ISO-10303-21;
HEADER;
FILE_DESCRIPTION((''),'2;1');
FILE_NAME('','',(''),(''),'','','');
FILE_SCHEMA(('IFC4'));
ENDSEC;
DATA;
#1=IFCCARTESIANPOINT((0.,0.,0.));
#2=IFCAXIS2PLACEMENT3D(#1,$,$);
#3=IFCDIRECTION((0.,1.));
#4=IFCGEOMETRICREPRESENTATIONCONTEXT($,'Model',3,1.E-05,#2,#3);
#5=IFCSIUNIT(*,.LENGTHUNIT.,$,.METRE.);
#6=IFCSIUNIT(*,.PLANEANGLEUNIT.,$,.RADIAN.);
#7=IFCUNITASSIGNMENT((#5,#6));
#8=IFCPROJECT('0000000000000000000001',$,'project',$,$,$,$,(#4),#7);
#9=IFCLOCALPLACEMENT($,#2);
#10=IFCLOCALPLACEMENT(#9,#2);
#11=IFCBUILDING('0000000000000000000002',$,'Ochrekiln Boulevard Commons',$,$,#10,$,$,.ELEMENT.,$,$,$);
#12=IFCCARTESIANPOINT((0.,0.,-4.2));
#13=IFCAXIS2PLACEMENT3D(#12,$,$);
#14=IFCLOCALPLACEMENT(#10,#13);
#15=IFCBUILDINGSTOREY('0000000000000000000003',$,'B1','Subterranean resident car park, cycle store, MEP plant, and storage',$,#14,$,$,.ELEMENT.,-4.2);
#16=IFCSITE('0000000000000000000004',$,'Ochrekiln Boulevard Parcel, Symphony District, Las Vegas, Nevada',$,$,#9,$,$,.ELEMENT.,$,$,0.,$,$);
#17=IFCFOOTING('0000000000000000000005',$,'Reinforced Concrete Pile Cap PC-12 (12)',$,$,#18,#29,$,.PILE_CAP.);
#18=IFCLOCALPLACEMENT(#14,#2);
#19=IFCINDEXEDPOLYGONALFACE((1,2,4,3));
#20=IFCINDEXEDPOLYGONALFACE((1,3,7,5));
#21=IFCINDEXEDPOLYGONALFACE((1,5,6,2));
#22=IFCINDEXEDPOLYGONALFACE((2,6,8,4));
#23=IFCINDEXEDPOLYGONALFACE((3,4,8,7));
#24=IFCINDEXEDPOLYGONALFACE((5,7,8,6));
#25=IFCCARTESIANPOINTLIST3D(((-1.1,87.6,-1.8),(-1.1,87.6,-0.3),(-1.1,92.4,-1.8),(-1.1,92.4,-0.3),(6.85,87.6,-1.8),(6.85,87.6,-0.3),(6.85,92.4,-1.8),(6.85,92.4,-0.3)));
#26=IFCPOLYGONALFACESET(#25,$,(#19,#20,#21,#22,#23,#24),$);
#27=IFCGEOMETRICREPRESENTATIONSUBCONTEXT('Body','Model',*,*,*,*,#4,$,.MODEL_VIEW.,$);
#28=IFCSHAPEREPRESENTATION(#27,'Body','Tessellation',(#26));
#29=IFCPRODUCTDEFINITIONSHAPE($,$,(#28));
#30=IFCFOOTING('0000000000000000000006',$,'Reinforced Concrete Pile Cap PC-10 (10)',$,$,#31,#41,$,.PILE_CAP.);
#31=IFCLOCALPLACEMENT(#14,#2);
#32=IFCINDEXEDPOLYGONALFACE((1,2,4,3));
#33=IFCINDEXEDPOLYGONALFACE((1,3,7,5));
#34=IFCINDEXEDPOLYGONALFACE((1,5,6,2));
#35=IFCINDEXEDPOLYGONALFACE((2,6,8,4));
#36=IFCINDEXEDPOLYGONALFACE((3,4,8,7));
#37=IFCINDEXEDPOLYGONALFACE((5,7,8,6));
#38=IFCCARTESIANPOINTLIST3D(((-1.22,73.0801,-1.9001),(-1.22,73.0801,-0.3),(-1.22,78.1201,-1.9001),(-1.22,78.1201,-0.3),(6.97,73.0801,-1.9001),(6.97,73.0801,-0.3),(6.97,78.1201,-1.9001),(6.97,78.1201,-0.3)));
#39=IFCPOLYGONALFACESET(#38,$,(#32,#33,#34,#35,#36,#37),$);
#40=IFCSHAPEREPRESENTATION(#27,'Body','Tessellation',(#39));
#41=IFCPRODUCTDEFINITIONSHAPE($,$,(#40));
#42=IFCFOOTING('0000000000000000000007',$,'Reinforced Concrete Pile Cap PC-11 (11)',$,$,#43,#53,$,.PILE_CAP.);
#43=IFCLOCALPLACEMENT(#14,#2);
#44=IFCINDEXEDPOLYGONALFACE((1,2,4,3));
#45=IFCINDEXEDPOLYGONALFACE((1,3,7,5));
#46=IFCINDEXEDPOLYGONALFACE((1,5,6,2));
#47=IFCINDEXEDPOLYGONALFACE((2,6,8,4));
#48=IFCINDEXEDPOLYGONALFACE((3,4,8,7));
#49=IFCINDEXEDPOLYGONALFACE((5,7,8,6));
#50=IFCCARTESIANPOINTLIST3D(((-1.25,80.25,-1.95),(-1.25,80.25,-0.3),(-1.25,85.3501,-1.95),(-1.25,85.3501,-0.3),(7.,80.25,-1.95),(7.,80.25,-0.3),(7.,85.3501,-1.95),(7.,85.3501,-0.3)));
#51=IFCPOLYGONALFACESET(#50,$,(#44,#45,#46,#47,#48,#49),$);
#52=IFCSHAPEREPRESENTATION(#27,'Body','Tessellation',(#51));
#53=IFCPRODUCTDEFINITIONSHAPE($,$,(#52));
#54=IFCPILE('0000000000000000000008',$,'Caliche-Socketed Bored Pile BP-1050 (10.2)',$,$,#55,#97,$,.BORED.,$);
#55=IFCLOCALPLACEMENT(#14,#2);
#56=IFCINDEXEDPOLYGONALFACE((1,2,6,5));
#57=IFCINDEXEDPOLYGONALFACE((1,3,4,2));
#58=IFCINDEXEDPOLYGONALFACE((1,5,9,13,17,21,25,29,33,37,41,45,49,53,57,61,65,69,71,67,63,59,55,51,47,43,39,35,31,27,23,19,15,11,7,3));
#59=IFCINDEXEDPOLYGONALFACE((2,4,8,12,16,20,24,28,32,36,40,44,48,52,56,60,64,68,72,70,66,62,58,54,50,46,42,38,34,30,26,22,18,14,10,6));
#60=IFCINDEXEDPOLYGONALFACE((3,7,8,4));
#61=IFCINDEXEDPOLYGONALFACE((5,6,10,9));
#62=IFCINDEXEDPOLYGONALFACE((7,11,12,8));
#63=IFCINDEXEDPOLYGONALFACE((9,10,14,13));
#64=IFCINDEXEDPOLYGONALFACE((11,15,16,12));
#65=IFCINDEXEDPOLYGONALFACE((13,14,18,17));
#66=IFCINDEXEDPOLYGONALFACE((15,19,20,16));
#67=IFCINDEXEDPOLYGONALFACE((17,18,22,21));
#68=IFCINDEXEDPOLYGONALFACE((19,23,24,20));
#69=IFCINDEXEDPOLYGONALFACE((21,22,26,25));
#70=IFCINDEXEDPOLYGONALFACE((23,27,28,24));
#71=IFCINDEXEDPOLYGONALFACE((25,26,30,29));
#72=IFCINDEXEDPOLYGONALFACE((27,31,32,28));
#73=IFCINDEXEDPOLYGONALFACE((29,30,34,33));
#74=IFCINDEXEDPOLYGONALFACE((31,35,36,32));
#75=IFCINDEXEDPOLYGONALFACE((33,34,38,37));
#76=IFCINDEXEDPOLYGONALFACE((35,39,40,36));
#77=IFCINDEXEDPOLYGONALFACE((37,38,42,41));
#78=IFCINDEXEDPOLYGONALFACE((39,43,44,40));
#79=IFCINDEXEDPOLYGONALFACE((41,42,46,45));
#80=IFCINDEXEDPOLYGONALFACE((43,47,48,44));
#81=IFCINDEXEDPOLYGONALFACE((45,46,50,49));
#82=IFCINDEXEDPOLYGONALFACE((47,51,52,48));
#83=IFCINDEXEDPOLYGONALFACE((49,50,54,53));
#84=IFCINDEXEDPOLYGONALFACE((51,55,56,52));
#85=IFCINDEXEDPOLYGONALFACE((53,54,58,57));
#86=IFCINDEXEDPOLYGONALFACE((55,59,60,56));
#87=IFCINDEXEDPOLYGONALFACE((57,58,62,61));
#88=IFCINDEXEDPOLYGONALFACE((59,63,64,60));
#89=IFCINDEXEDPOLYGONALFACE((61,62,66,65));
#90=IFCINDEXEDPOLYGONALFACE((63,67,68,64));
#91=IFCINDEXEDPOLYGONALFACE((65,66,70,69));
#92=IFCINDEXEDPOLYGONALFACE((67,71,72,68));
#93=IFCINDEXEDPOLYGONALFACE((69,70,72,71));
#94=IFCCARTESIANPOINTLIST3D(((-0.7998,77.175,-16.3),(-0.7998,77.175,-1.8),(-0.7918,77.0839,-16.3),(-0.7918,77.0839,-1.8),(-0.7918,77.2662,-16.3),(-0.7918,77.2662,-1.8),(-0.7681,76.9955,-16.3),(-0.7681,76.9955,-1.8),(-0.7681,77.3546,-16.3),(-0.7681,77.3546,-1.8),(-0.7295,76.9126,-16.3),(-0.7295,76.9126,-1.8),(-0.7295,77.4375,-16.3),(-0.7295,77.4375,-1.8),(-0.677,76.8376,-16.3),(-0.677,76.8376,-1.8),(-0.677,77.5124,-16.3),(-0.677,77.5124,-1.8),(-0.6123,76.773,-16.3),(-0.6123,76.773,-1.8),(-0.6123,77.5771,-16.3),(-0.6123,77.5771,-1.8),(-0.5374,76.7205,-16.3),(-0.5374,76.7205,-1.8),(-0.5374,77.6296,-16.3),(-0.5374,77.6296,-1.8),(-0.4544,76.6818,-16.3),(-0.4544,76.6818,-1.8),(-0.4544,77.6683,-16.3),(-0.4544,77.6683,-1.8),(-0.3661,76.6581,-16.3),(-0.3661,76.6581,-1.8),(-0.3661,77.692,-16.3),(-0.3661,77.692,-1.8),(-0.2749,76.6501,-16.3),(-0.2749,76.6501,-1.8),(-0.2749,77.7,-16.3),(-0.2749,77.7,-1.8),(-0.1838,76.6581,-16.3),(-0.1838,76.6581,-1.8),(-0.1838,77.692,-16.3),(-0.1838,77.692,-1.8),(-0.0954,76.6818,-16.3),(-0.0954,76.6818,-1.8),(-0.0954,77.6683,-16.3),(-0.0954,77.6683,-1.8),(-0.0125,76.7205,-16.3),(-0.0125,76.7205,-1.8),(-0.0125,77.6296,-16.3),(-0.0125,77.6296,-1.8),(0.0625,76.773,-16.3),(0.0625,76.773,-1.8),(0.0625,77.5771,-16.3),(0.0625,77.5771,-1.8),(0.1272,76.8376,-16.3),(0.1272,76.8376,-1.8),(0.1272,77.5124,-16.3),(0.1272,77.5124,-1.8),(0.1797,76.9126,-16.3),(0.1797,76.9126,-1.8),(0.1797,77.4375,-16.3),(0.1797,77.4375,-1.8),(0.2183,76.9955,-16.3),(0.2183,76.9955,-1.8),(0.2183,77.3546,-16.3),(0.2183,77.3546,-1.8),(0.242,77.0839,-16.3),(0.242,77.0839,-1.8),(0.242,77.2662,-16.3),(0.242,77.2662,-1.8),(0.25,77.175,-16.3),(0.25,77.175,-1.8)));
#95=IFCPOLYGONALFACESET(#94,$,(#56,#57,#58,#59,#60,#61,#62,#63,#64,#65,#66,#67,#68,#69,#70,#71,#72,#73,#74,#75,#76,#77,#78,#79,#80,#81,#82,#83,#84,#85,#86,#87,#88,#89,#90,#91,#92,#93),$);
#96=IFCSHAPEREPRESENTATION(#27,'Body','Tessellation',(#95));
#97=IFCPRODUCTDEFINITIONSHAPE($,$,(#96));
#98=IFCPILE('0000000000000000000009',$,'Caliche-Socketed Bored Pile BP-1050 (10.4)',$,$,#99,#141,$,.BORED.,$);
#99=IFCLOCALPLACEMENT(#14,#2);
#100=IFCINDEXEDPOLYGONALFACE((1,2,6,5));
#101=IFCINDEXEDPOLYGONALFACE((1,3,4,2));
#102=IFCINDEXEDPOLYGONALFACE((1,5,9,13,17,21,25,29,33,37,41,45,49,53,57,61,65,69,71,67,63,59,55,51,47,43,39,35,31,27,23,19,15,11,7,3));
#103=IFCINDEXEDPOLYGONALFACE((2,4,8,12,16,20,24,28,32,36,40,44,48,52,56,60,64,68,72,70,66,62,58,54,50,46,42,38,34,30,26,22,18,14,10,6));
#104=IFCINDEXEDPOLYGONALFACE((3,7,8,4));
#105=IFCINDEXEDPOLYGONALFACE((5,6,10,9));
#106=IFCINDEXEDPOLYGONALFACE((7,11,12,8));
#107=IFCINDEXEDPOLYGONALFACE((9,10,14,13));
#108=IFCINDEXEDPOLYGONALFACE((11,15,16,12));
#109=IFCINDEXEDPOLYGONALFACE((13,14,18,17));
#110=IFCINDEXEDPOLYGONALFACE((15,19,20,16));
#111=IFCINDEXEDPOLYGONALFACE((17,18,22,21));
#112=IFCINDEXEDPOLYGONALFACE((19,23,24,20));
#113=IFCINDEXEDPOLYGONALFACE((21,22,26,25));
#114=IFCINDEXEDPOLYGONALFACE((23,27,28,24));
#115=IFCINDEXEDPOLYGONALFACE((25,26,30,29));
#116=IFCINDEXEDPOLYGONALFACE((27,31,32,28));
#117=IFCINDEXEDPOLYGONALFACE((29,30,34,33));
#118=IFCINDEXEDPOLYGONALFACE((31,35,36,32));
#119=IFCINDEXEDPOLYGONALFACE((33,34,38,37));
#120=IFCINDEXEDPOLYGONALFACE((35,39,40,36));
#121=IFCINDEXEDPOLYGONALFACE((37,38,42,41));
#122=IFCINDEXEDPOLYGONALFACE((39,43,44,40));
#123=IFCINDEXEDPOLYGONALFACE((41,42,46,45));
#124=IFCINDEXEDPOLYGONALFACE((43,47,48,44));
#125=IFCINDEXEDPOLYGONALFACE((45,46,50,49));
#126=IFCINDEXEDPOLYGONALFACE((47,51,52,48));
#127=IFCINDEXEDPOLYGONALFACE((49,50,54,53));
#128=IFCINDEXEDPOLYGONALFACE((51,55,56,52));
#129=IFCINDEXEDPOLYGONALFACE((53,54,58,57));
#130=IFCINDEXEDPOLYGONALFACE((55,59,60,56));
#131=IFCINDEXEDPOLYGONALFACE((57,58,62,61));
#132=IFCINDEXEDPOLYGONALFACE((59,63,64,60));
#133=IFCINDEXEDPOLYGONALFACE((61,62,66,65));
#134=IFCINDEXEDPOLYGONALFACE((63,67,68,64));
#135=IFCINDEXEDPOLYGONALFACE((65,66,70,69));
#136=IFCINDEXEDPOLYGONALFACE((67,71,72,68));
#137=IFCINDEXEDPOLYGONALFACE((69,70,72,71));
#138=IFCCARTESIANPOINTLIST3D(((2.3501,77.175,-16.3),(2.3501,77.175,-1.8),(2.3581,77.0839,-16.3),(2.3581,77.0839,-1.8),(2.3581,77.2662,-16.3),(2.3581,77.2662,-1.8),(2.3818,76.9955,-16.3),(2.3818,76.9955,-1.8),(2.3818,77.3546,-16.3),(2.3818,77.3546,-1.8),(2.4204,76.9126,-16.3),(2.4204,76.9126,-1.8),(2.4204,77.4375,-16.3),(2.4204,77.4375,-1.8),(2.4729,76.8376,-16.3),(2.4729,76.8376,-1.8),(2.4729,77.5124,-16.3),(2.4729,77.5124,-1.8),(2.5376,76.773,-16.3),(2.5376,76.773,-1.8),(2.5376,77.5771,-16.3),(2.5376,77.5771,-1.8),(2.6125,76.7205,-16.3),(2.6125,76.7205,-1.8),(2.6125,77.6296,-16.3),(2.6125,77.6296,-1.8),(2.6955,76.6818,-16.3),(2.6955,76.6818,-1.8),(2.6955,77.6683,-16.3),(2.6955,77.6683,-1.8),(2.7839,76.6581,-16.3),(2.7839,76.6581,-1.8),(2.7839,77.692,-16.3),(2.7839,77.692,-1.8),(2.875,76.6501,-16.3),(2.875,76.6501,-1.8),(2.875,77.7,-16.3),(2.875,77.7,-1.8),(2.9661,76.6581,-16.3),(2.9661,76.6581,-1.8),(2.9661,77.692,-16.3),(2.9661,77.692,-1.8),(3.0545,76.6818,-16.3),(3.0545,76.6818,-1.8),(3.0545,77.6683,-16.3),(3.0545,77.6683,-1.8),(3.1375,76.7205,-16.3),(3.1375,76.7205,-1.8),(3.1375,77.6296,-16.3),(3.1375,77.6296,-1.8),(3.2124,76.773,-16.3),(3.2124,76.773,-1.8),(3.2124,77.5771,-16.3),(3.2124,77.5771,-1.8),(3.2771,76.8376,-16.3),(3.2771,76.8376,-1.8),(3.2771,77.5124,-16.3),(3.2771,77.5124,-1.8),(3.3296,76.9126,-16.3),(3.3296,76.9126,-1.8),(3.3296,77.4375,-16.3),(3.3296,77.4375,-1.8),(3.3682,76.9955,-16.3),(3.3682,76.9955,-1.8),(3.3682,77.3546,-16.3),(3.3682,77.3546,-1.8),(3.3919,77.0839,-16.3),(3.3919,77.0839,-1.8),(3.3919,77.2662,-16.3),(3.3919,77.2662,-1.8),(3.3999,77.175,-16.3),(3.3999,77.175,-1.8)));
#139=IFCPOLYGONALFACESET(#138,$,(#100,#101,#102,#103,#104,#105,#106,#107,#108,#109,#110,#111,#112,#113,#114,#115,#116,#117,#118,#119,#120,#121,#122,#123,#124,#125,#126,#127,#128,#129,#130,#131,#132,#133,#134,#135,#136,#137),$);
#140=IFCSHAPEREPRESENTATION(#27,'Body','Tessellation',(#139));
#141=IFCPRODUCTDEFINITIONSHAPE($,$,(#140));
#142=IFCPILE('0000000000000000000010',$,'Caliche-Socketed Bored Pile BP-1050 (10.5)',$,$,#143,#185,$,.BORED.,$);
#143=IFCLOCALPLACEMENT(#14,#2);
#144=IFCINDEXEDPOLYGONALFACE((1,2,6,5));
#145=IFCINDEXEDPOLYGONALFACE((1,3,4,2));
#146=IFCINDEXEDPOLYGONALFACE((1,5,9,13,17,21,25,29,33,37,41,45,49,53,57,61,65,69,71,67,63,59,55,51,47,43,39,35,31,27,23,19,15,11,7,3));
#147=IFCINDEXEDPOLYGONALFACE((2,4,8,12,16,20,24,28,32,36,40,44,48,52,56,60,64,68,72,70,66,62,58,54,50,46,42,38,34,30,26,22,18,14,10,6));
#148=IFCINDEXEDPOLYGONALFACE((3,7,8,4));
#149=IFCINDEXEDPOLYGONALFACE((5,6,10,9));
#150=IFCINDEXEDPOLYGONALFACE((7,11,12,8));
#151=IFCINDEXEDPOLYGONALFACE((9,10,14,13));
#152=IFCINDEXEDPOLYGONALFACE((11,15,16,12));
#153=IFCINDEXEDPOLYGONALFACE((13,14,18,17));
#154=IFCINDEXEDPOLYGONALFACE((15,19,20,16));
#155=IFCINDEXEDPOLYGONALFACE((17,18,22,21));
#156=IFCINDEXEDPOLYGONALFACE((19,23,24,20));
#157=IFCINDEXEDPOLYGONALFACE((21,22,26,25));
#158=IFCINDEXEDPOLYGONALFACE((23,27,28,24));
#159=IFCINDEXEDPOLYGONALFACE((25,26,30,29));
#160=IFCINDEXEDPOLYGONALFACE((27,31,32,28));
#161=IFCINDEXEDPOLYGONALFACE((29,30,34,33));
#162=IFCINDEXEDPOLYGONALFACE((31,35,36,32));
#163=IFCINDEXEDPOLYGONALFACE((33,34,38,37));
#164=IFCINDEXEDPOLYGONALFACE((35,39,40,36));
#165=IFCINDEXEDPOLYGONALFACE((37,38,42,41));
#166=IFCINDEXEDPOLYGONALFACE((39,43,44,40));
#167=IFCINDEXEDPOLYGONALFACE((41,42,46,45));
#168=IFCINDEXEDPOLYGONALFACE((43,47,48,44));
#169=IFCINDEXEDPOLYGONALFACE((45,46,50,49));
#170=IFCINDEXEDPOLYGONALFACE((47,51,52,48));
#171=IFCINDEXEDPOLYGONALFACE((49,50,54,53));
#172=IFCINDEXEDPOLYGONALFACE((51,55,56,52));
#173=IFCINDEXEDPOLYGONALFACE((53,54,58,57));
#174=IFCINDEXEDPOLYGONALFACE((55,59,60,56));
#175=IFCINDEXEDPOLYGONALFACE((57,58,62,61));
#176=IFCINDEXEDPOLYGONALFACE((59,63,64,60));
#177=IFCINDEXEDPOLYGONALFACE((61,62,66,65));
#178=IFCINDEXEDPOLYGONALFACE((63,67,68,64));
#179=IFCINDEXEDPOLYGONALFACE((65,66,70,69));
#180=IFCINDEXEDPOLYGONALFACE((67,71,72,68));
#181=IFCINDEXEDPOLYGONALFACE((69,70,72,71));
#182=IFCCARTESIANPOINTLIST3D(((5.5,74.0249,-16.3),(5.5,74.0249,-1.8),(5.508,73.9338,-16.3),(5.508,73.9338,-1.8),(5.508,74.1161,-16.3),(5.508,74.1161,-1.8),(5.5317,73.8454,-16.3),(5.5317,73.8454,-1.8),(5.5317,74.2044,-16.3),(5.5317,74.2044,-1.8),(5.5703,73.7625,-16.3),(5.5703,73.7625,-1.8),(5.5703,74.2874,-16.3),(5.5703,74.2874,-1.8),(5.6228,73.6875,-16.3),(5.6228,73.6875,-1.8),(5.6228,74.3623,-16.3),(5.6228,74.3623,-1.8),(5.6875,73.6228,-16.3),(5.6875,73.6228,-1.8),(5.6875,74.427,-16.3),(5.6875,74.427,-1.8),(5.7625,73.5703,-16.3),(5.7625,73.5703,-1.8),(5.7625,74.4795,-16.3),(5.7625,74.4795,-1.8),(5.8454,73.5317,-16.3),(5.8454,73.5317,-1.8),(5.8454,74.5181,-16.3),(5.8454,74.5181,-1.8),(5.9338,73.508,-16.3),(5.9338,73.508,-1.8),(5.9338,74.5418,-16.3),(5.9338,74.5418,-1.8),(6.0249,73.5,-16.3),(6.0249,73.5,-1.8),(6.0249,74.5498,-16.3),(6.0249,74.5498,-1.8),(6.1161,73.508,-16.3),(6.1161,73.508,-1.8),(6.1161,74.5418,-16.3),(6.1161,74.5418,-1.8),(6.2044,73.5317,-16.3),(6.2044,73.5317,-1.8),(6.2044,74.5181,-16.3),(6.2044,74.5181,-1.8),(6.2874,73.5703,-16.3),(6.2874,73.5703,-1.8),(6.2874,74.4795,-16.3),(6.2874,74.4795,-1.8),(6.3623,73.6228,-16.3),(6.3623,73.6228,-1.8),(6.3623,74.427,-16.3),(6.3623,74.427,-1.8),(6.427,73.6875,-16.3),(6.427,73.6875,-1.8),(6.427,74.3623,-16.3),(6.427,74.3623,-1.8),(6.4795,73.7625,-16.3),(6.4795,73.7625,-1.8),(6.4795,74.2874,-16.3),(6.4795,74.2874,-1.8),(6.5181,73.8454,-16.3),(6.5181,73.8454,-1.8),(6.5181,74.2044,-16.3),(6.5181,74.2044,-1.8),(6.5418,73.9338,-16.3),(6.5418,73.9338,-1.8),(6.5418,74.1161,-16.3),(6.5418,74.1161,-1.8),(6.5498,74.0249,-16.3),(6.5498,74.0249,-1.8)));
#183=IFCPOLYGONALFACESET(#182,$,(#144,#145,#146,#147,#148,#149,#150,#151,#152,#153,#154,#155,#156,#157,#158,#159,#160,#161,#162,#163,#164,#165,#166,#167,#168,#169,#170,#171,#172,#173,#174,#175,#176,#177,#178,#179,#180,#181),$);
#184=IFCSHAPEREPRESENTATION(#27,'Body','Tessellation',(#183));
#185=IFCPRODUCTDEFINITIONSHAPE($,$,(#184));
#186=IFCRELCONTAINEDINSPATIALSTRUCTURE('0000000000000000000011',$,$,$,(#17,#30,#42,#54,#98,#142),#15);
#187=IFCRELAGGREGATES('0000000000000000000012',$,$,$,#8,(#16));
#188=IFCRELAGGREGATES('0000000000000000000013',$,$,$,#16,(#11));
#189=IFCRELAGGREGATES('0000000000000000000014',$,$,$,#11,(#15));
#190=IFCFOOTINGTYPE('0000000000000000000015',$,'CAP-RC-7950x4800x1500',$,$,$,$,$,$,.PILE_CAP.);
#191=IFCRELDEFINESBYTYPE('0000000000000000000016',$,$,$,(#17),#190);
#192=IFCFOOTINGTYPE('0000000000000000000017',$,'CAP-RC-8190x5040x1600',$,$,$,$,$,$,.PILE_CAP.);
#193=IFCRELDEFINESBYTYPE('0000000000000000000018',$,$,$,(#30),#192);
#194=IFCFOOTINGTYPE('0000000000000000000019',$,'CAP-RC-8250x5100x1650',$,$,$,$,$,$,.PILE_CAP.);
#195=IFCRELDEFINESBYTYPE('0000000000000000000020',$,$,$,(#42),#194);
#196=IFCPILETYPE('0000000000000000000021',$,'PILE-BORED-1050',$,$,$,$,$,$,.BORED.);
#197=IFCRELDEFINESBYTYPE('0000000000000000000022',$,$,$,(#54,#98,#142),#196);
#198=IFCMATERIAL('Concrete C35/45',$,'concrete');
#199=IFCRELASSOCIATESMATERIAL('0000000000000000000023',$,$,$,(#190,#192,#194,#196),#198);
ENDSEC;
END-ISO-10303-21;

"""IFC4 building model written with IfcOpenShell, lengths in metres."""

from ifc_helpers import new_model, si_unit, direction, frame, origin, origin_2d, place, context, subcontext, project, spatial, rectangle, circle, extrude, material, material_profile, profile_set, type_object, element, save


model = new_model("IFC4")

# Units and contexts
model_context = context("Model", 3, precision=1e-05, world=origin(), true_north=direction((0.0, 1.0)))
body_context = subcontext(model_context, "Body", "Model", "MODEL_VIEW")
ifc_project = project(units=[si_unit("LENGTHUNIT", "METRE"), si_unit("PLANEANGLEUNIT", "RADIAN")], contexts=[model_context])

# Site, building, storey
site_placement = place(None, origin())
site = spatial("IfcSite", under=ifc_project, at=site_placement, Name="Ochrekiln Boulevard Parcel, Symphony District, Las Vegas, Nevada", CompositionType="ELEMENT", RefElevation=0.0)
building_placement = place(site_placement, origin())
building = spatial("IfcBuilding", under=site, at=building_placement, Name="Ochrekiln Boulevard Commons", CompositionType="ELEMENT")
storey_placement = place(building_placement, frame((0.0, 0.0, -4.2)))
storey = spatial("IfcBuildingStorey", under=building, at=storey_placement, Name="B1", Description="Subterranean resident car park, cycle store, MEP plant, and storage", CompositionType="ELEMENT", Elevation=-4.2)

# Footings
ifc_material_1 = material(Name="Concrete C35/45", Category="concrete")
footing_type_1 = type_object("IfcFootingType", Name="CAP-RC-7950x4800x1500", PredefinedType="PILE_CAP", material=ifc_material_1)
footing_1_placement = place(storey_placement, frame((2.875, 90.0, -1.8), z_axis=(0.0, 0.0, 1.0), x_axis=(1.0, 0.0, 0.0)))
element("IfcFooting", 1, at=footing_1_placement, inside=storey, type_object=footing_type_1, Name="Reinforced Concrete Pile Cap PC-12 (12)", PredefinedType="PILE_CAP", context=body_context, shape_type="SweptSolid", body=[
    extrude(rectangle(XDim=7.95, YDim=4.8, at=origin_2d()), origin(), (0.0, 0.0, 1.0), 1.5),
])
footing_type_2 = type_object("IfcFootingType", Name="CAP-RC-8190x5040x1600", PredefinedType="PILE_CAP", material=ifc_material_1)
footing_2_placement = place(storey_placement, frame((2.875, 75.6001, -1.9001), z_axis=(0.0, 0.0, 1.0), x_axis=(1.0, 0.0, 0.0)))
element("IfcFooting", 2, at=footing_2_placement, inside=storey, type_object=footing_type_2, Name="Reinforced Concrete Pile Cap PC-10 (10)", PredefinedType="PILE_CAP", context=body_context, shape_type="SweptSolid", body=[
    extrude(rectangle(XDim=8.1899, YDim=5.04, at=origin_2d()), origin(), (0.0, 0.0, 1.0), 1.6001),
])
footing_type_3 = type_object("IfcFootingType", Name="CAP-RC-8250x5100x1650", PredefinedType="PILE_CAP", material=ifc_material_1)
footing_3_placement = place(storey_placement, frame((2.875, 82.8, -1.95), z_axis=(0.0, 0.0, 1.0), x_axis=(1.0, 0.0, 0.0)))
element("IfcFooting", 3, at=footing_3_placement, inside=storey, type_object=footing_type_3, Name="Reinforced Concrete Pile Cap PC-11 (11)", PredefinedType="PILE_CAP", context=body_context, shape_type="SweptSolid", body=[
    extrude(rectangle(XDim=8.25, YDim=5.1001, at=origin_2d()), origin(), (0.0, 0.0, 1.0), 1.6499),
])

# Piles
ifc_material_profile_1 = material_profile(ifc_material_1, circle(Radius=0.5249, at=origin_2d()), Name="PILE-D1050")
ifc_profile_set_1 = profile_set([ifc_material_profile_1], Name="Concrete C35/45")
pile_type = type_object("IfcPileType", Name="PILE-BORED-1050", PredefinedType="BORED", material=ifc_profile_set_1)
for number, where, z_axis, x_axis, name in (
    (4, (-0.2749, 77.175, -1.8), (0.0, 0.0, -1.0), (1.0, 0.0, 0.0), "Caliche-Socketed Bored Pile BP-1050 (10.2)"),
    (5, (2.875, 77.175, -1.8), (0.0, 0.0, -1.0), (1.0, 0.0, 0.0), "Caliche-Socketed Bored Pile BP-1050 (10.4)"),
    (6, (6.0249, 74.0249, -1.8), (0.0, 0.0, -1.0), (1.0, 0.0, 0.0), "Caliche-Socketed Bored Pile BP-1050 (10.5)"),
):
    element("IfcPile", number, at=place(storey_placement, frame(where, z_axis=z_axis, x_axis=x_axis)), inside=storey, type_object=pile_type, Name=name, PredefinedType="BORED", context=body_context, shape_type="SweptSolid", body=[
        extrude(circle(Radius=0.5249, at=origin_2d()), origin(), (0.0, 0.0, 1.0), 14.5),
    ])

save(model, "model.ifc")
